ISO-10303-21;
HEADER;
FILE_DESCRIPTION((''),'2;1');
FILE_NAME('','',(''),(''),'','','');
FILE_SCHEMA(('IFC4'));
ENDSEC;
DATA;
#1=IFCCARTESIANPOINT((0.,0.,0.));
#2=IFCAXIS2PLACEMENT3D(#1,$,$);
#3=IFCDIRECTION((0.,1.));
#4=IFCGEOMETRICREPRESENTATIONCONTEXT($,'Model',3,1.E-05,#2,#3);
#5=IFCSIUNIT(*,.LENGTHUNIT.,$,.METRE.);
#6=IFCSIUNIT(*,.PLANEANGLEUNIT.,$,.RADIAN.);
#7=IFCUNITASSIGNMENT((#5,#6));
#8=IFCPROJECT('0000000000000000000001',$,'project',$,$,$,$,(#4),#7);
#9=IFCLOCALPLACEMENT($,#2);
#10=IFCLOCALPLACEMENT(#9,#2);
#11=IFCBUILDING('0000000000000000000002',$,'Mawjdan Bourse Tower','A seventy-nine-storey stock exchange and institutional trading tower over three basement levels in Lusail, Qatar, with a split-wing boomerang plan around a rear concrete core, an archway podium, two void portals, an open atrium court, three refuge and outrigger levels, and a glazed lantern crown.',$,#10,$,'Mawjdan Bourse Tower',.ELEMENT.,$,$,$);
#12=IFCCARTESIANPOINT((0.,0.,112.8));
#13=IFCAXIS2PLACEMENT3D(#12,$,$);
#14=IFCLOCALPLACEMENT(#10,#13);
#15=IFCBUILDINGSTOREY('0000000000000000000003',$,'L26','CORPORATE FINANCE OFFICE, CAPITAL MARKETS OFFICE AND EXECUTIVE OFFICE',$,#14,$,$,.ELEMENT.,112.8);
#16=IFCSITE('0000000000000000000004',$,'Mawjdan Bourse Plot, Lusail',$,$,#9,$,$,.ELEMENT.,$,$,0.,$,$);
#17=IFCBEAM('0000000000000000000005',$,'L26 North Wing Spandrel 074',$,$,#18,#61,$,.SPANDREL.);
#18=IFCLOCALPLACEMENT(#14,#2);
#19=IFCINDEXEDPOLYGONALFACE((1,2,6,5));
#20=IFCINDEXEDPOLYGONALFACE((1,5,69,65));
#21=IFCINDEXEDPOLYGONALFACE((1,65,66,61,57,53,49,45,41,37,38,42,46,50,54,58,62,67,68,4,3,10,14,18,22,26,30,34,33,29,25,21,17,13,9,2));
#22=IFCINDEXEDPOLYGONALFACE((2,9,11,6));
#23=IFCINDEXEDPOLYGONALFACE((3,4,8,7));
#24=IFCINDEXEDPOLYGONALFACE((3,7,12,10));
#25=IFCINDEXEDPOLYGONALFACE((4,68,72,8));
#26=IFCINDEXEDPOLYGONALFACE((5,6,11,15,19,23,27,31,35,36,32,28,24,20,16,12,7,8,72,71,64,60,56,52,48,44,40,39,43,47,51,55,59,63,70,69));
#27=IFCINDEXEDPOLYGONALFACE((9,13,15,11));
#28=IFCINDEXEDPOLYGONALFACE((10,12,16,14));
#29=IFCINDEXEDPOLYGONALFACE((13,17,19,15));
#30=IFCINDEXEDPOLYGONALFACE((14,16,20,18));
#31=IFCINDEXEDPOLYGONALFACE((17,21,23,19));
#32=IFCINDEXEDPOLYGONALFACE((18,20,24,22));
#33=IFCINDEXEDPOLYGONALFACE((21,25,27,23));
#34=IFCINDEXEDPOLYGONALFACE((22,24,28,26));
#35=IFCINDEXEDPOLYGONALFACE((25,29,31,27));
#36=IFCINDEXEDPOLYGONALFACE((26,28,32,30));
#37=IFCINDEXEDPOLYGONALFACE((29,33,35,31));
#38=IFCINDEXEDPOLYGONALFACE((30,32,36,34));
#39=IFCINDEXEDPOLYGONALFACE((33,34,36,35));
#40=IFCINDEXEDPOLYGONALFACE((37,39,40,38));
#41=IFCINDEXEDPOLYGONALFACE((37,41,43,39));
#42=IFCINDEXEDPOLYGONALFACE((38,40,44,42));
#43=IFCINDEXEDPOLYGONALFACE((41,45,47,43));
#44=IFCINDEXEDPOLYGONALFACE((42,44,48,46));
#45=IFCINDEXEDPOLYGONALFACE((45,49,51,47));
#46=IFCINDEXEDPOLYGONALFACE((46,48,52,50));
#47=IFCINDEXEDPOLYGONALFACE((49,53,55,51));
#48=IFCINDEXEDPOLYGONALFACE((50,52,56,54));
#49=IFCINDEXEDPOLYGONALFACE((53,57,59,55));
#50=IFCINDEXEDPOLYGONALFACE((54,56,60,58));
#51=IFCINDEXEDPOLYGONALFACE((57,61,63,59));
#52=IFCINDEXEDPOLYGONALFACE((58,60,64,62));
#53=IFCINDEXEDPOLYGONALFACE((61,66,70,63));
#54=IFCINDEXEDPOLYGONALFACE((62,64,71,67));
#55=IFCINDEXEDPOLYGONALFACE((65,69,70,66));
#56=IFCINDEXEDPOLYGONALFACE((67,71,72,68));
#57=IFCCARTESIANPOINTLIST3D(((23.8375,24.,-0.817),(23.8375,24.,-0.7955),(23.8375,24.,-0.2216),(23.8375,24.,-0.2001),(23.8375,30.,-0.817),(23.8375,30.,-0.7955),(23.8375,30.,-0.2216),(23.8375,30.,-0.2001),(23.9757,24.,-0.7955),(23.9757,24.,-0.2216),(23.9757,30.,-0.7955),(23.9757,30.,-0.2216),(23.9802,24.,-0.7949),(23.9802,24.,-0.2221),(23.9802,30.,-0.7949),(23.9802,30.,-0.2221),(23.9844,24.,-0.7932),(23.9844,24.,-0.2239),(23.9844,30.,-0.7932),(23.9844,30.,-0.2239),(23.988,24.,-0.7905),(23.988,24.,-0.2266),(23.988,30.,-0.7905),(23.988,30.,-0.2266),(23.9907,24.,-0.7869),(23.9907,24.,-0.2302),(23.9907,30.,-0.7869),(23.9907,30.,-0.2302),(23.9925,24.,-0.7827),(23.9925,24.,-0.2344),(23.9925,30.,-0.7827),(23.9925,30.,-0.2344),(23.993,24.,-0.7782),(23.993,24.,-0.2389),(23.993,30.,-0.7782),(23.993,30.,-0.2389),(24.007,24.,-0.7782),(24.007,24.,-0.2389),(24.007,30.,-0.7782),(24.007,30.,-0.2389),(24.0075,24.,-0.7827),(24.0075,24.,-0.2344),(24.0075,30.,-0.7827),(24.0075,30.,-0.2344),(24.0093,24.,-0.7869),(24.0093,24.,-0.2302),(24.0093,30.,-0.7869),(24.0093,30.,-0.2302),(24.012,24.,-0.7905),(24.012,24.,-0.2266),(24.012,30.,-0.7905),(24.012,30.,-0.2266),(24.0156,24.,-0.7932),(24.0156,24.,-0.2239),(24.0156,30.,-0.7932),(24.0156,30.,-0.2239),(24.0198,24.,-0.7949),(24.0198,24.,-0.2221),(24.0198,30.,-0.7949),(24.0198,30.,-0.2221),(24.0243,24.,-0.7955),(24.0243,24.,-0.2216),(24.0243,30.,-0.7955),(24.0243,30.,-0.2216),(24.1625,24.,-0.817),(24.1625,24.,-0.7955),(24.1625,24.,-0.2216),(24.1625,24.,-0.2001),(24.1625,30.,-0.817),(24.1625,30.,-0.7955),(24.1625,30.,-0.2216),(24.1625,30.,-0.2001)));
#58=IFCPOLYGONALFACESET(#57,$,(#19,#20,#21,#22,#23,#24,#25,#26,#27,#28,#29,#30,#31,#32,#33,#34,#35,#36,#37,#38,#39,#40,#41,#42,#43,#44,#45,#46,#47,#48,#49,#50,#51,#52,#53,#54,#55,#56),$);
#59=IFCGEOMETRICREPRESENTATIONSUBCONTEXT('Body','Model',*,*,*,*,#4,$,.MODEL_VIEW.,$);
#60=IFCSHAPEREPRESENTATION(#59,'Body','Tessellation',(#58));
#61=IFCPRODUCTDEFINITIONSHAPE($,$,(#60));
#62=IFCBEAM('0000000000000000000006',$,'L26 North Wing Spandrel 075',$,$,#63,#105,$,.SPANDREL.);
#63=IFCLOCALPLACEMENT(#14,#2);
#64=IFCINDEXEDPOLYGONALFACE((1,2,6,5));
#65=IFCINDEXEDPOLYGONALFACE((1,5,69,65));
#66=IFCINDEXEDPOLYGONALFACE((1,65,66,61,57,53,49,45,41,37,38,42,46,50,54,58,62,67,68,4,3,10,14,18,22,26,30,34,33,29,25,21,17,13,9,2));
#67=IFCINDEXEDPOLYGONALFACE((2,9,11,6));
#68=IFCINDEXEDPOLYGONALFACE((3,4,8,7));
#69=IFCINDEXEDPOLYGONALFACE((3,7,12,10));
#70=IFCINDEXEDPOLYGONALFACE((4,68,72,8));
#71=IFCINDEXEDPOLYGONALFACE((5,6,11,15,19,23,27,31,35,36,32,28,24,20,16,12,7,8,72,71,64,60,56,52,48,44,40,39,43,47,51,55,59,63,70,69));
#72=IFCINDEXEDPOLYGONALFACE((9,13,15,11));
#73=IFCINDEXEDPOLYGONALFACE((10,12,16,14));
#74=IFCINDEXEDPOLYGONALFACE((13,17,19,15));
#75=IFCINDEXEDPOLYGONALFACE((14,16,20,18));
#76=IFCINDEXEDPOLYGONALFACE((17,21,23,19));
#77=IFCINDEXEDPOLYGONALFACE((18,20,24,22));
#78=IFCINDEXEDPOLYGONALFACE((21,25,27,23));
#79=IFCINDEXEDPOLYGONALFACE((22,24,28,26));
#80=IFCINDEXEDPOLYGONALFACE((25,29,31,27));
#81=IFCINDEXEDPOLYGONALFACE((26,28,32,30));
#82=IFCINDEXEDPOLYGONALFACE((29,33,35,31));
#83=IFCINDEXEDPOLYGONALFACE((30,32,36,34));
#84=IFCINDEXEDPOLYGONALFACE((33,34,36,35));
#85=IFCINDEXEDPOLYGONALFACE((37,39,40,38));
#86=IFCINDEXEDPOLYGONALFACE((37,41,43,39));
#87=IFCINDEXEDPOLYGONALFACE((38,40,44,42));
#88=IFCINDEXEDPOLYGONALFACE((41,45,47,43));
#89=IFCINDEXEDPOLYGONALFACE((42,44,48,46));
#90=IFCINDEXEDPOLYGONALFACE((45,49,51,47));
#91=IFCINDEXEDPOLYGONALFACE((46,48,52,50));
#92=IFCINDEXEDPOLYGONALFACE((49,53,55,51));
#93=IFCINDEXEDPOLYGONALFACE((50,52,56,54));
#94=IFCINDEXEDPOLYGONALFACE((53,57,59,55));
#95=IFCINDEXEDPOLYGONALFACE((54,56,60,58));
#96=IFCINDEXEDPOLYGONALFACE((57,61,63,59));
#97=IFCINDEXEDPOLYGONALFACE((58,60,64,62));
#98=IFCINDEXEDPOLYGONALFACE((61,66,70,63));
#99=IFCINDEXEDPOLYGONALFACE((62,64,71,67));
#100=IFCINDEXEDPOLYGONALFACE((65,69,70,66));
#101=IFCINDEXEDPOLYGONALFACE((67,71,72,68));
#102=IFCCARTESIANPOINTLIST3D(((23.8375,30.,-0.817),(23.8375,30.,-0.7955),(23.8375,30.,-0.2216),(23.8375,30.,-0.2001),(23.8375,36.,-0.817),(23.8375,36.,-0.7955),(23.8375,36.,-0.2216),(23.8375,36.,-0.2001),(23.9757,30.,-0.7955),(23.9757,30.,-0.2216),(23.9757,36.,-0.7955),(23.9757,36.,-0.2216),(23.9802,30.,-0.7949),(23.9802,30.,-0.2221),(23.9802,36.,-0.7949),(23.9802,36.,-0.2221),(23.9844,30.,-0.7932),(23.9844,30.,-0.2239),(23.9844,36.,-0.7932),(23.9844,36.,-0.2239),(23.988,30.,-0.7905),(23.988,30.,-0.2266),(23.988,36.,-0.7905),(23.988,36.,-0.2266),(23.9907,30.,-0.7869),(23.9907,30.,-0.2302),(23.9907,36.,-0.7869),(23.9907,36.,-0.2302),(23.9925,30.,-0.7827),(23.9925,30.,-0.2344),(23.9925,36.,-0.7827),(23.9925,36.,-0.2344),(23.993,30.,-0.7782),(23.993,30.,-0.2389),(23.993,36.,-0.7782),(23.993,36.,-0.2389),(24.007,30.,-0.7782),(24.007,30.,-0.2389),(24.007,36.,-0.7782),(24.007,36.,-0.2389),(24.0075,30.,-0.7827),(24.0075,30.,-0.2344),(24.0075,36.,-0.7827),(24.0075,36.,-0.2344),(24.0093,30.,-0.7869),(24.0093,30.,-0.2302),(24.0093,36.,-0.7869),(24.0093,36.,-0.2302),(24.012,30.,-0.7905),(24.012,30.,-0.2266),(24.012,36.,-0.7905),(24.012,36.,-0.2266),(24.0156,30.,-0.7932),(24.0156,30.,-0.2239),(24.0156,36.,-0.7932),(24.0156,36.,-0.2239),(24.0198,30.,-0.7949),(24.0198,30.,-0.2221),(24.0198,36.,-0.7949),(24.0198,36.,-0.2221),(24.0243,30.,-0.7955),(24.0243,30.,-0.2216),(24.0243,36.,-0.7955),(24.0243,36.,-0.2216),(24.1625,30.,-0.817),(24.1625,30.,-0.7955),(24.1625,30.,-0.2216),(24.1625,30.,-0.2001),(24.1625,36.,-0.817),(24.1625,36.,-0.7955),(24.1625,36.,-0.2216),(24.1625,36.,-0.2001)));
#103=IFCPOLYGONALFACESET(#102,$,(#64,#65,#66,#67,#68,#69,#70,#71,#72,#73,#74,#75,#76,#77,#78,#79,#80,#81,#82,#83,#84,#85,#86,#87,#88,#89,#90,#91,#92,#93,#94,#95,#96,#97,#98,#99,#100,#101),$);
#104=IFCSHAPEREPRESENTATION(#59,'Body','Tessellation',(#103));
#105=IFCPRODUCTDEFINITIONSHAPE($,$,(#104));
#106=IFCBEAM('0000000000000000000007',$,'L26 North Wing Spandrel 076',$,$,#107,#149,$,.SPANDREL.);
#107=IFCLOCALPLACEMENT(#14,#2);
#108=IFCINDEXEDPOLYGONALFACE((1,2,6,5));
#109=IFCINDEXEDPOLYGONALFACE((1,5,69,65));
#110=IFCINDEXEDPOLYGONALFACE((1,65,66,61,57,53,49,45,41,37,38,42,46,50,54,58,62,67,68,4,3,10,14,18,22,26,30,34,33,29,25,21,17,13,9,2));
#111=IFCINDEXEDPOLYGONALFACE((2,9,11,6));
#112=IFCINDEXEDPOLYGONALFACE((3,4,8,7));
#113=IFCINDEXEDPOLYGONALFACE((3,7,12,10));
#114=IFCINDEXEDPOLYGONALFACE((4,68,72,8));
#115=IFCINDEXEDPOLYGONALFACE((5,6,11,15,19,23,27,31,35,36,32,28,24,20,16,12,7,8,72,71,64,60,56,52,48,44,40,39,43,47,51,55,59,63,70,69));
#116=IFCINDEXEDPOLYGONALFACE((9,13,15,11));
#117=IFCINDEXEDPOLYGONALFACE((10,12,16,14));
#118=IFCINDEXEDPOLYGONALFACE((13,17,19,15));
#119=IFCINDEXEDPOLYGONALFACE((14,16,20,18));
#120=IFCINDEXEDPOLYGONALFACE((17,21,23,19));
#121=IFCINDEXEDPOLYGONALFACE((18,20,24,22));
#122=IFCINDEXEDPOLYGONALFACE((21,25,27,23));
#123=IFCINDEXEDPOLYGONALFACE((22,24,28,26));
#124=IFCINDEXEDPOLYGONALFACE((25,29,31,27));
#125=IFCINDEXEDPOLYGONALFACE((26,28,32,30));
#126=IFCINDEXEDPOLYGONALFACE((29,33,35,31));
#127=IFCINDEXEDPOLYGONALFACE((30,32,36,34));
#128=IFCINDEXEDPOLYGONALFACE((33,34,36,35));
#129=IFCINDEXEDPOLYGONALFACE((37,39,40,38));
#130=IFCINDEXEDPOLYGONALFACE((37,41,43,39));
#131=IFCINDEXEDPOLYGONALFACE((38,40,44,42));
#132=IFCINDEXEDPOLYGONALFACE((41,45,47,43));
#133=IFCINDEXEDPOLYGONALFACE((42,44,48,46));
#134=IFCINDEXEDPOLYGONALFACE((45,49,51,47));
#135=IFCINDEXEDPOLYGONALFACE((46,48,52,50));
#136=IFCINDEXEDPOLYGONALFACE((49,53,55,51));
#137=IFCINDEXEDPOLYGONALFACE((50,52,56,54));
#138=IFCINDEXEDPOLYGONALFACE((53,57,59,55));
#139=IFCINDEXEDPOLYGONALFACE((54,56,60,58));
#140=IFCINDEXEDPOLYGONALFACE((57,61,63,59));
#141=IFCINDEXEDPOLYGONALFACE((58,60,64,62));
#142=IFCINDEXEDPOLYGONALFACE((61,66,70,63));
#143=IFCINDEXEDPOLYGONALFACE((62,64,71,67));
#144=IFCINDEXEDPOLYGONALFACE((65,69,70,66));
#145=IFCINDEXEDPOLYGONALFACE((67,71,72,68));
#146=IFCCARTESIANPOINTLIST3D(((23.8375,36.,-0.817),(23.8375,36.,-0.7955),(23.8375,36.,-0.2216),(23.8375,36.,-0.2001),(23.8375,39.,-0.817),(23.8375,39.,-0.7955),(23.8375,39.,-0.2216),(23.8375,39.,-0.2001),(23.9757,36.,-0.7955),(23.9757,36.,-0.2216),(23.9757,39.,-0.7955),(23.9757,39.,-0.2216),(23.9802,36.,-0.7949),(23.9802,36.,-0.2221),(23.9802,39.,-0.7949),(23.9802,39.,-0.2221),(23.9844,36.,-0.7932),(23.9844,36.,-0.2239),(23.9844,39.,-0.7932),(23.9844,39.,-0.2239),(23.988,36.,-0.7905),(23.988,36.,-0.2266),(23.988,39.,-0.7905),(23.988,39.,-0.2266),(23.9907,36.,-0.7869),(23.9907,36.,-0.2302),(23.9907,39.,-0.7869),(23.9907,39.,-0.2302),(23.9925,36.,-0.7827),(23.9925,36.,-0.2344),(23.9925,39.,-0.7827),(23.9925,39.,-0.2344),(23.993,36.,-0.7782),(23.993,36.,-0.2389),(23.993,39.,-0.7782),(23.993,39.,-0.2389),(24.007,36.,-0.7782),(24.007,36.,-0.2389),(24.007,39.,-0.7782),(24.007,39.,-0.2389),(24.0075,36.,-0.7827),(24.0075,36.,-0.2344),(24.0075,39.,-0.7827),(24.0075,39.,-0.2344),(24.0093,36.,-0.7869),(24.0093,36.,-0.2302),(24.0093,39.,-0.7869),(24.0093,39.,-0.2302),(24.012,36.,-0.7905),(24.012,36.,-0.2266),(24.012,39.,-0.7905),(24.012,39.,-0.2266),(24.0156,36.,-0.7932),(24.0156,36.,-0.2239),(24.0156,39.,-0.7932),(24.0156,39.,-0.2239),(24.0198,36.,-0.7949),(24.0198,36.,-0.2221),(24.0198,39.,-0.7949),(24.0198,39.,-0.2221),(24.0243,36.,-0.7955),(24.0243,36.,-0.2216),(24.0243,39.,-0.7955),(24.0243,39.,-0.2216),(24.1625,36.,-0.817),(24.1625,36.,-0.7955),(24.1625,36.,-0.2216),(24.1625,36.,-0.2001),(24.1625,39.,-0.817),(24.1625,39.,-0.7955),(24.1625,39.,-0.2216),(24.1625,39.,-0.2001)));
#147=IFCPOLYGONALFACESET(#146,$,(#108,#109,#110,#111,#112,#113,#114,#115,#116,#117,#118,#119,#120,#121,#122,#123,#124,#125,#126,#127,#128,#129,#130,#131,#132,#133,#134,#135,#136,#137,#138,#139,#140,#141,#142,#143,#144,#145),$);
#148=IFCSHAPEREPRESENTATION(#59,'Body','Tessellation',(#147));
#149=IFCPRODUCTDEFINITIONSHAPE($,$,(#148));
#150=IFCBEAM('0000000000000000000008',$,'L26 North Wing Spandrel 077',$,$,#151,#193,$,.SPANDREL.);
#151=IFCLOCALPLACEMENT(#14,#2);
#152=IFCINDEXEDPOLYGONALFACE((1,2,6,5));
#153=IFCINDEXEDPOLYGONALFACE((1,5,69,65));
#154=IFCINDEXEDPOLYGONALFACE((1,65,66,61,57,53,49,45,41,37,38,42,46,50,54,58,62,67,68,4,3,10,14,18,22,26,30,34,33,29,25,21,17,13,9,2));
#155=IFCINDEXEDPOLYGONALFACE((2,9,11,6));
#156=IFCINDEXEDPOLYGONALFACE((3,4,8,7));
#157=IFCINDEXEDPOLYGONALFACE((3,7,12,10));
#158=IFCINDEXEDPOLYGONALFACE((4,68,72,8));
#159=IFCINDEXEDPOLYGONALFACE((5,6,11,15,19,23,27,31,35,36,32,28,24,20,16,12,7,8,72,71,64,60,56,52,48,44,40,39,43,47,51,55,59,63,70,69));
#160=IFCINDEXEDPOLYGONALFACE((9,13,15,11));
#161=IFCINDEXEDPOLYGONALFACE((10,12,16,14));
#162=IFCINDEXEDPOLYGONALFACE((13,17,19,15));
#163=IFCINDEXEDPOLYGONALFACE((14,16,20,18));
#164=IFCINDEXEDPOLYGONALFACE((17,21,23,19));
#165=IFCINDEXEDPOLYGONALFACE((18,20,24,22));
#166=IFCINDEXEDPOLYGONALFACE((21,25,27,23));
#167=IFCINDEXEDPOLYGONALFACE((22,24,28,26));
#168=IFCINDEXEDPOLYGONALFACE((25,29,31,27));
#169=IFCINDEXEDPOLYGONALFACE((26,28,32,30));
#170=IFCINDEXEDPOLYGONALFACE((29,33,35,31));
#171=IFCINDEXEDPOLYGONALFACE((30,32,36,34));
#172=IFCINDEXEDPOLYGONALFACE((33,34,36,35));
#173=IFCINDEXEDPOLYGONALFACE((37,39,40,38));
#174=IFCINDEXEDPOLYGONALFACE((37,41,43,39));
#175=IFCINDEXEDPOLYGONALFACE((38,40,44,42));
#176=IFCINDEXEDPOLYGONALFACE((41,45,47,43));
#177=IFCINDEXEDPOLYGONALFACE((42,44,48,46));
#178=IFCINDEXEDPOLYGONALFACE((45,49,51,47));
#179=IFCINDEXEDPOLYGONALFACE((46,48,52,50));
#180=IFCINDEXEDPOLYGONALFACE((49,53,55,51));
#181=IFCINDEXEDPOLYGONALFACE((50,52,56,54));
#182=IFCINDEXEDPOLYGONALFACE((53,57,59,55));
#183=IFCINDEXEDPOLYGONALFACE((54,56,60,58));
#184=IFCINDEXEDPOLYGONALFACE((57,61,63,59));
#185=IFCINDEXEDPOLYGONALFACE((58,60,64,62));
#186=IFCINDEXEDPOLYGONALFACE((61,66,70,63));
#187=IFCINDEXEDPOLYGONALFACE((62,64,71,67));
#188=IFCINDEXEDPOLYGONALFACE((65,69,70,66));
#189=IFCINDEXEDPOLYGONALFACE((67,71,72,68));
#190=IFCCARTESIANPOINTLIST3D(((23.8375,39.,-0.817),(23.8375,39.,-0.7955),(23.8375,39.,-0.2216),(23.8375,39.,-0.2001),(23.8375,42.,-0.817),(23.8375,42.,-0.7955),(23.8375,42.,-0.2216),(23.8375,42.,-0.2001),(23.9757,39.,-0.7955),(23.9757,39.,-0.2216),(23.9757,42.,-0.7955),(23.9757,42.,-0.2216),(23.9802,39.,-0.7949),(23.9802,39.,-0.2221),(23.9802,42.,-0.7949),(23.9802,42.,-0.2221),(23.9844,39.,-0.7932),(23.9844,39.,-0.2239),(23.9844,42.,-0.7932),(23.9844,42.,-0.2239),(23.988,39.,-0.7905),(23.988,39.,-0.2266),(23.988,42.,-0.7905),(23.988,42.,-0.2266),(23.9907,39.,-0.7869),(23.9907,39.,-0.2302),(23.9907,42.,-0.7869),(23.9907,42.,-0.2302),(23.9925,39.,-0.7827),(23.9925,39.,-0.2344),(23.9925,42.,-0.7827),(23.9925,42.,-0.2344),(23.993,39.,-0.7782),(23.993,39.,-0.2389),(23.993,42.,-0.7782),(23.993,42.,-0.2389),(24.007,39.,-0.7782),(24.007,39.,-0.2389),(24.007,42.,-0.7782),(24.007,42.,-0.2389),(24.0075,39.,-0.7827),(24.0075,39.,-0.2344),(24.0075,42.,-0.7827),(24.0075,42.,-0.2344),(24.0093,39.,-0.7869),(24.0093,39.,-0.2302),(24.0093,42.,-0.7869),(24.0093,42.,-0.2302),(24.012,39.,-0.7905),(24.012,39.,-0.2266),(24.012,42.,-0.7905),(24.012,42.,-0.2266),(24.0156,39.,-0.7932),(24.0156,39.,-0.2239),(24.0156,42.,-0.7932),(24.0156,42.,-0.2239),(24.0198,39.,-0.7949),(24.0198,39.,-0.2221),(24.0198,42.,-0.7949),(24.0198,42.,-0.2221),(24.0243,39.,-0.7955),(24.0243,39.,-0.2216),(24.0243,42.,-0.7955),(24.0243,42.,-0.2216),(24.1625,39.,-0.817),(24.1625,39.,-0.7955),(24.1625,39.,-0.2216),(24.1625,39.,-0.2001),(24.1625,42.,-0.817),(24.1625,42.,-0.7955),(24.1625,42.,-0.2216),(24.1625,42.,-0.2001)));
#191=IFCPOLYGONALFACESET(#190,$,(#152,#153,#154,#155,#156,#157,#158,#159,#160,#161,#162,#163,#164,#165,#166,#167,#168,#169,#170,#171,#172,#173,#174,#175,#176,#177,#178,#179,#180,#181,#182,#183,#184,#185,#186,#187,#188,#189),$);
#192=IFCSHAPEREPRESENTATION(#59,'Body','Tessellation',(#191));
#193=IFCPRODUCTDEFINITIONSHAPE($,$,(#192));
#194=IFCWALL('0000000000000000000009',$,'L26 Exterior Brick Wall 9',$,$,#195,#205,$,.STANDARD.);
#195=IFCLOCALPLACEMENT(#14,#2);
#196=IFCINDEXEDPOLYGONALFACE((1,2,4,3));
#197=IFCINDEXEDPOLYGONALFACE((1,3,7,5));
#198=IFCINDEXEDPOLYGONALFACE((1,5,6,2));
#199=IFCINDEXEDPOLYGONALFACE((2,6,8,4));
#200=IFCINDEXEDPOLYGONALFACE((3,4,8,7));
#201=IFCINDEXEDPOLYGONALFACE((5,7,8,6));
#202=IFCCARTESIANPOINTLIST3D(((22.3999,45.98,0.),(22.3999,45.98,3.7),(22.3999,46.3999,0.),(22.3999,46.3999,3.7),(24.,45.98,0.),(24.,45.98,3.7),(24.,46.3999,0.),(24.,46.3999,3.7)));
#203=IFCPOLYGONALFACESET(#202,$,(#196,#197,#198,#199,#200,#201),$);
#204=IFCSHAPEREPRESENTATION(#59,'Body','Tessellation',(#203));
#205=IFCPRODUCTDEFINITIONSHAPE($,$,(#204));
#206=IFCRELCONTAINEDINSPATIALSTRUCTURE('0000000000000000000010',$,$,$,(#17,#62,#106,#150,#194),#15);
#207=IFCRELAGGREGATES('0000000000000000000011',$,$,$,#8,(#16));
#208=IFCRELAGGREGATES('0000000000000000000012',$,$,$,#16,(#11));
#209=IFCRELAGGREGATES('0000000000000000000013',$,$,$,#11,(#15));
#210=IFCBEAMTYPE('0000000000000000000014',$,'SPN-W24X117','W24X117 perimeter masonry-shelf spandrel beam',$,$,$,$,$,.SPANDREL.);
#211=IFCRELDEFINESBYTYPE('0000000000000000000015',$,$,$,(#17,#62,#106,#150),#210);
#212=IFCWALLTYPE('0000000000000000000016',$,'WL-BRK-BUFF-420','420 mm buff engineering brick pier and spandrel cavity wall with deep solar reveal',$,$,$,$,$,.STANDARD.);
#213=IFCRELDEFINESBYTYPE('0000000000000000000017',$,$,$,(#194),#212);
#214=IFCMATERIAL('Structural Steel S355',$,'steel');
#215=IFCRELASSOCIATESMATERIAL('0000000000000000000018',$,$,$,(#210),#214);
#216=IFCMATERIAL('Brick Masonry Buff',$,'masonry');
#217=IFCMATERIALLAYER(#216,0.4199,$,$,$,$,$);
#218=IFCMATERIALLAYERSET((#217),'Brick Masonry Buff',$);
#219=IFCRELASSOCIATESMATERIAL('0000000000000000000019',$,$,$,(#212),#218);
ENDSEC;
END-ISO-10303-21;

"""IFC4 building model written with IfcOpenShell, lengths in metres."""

from ifc_helpers import new_model, si_unit, direction, frame, frame_2d, origin, origin_2d, place, context, subcontext, project, spatial, rectangle, i_section, extrude, material, layer, layer_set, material_profile, profile_set, type_object, element, save


model = new_model("IFC4")

# Units and contexts
model_context = context("Model", 3, precision=1e-05, world=origin(), true_north=direction((0.0, 1.0)))
body_context = subcontext(model_context, "Body", "Model", "MODEL_VIEW")
ifc_project = project(units=[si_unit("LENGTHUNIT", "METRE"), si_unit("PLANEANGLEUNIT", "RADIAN")], contexts=[model_context])

# Site, building, storey
site_placement = place(None, origin())
site = spatial("IfcSite", under=ifc_project, at=site_placement, Name="Mawjdan Bourse Plot, Lusail", CompositionType="ELEMENT", RefElevation=0.0)
building_placement = place(site_placement, origin())
building = spatial("IfcBuilding", under=site, at=building_placement, Name="Mawjdan Bourse Tower", Description="A seventy-nine-storey stock exchange and institutional trading tower over three basement levels in Lusail, Qatar, with a split-wing boomerang plan around a rear concrete core, an archway podium, two void portals, an open atrium court, three refuge and outrigger levels, and a glazed lantern crown.", LongName="Mawjdan Bourse Tower", CompositionType="ELEMENT")
storey_placement = place(building_placement, frame((0.0, 0.0, 112.8)))
storey = spatial("IfcBuildingStorey", under=building, at=storey_placement, Name="L26", Description="CORPORATE FINANCE OFFICE, CAPITAL MARKETS OFFICE AND EXECUTIVE OFFICE", CompositionType="ELEMENT", Elevation=112.8)

# Beams
ifc_material_1 = material(Name="Structural Steel S355", Category="steel")
ifc_material_profile_1 = material_profile(ifc_material_1, i_section(OverallWidth=0.325, OverallDepth=0.6169, WebThickness=0.0139, FlangeThickness=0.0215, FilletRadius=0.0173, at=origin_2d()), Name="W24X117")
ifc_profile_set_1 = profile_set([ifc_material_profile_1], Name="Structural Steel S355")
beam_type_1 = type_object("IfcBeamType", Name="SPN-W24X117", Description="W24X117 perimeter masonry-shelf spandrel beam", PredefinedType="SPANDREL", material=ifc_profile_set_1)
for number, where, z_axis, x_axis, name in (
    (1, (24.0, 24.0, -0.5085), (0.0, 1.0, 0.0), (-1.0, 0.0, 0.0), "L26 North Wing Spandrel 074"),
    (2, (24.0, 30.0, -0.5085), (0.0, 1.0, 0.0), (-1.0, 0.0, 0.0), "L26 North Wing Spandrel 075"),
):
    element("IfcBeam", number, at=place(storey_placement, frame(where, z_axis=z_axis, x_axis=x_axis)), inside=storey, type_object=beam_type_1, Name=name, PredefinedType="SPANDREL", context=body_context, shape_type="SweptSolid", body=[
        extrude(i_section(OverallWidth=0.325, OverallDepth=0.6169, WebThickness=0.0139, FlangeThickness=0.0215, FilletRadius=0.0173, at=origin_2d()), origin(), (0.0, 0.0, 1.0), 6.0),
    ])
for number, where, z_axis, x_axis, name in (
    (3, (24.0, 36.0, -0.5085), (0.0, 1.0, 0.0), (-1.0, 0.0, 0.0), "L26 North Wing Spandrel 076"),
    (4, (24.0, 39.0, -0.5085), (0.0, 1.0, 0.0), (-1.0, 0.0, 0.0), "L26 North Wing Spandrel 077"),
):
    element("IfcBeam", number, at=place(storey_placement, frame(where, z_axis=z_axis, x_axis=x_axis)), inside=storey, type_object=beam_type_1, Name=name, PredefinedType="SPANDREL", context=body_context, shape_type="SweptSolid", body=[
        extrude(i_section(OverallWidth=0.325, OverallDepth=0.6169, WebThickness=0.0139, FlangeThickness=0.0215, FilletRadius=0.0173, at=origin_2d()), origin(), (0.0, 0.0, 1.0), 3.0),
    ])

# Wall
ifc_material_2 = material(Name="Brick Masonry Buff", Category="masonry")
ifc_layer_1 = layer(ifc_material_2, 0.4199)
ifc_layer_set_1 = layer_set([ifc_layer_1], Name="Brick Masonry Buff")
wall_type_1 = type_object("IfcWallType", Name="WL-BRK-BUFF-420", Description="420 mm buff engineering brick pier and spandrel cavity wall with deep solar reveal", PredefinedType="STANDARD", material=ifc_layer_set_1)
for number, where, z_axis, x_axis, name in (
    (5, (24.0, 46.1899, 0.0), (0.0, 0.0, 1.0), (-1.0, 0.0, 0.0), "L26 Exterior Brick Wall 9"),
):
    element("IfcWall", number, at=place(storey_placement, frame(where, z_axis=z_axis, x_axis=x_axis)), inside=storey, type_object=wall_type_1, Name=name, PredefinedType="STANDARD", context=body_context, shape_type="SweptSolid", body=[
        extrude(rectangle(XDim=1.6001, YDim=0.4199, at=frame_2d((0.8, 0.0))), origin(), (0.0, 0.0, 1.0), 3.7),
    ])

save(model, "model.ifc")
